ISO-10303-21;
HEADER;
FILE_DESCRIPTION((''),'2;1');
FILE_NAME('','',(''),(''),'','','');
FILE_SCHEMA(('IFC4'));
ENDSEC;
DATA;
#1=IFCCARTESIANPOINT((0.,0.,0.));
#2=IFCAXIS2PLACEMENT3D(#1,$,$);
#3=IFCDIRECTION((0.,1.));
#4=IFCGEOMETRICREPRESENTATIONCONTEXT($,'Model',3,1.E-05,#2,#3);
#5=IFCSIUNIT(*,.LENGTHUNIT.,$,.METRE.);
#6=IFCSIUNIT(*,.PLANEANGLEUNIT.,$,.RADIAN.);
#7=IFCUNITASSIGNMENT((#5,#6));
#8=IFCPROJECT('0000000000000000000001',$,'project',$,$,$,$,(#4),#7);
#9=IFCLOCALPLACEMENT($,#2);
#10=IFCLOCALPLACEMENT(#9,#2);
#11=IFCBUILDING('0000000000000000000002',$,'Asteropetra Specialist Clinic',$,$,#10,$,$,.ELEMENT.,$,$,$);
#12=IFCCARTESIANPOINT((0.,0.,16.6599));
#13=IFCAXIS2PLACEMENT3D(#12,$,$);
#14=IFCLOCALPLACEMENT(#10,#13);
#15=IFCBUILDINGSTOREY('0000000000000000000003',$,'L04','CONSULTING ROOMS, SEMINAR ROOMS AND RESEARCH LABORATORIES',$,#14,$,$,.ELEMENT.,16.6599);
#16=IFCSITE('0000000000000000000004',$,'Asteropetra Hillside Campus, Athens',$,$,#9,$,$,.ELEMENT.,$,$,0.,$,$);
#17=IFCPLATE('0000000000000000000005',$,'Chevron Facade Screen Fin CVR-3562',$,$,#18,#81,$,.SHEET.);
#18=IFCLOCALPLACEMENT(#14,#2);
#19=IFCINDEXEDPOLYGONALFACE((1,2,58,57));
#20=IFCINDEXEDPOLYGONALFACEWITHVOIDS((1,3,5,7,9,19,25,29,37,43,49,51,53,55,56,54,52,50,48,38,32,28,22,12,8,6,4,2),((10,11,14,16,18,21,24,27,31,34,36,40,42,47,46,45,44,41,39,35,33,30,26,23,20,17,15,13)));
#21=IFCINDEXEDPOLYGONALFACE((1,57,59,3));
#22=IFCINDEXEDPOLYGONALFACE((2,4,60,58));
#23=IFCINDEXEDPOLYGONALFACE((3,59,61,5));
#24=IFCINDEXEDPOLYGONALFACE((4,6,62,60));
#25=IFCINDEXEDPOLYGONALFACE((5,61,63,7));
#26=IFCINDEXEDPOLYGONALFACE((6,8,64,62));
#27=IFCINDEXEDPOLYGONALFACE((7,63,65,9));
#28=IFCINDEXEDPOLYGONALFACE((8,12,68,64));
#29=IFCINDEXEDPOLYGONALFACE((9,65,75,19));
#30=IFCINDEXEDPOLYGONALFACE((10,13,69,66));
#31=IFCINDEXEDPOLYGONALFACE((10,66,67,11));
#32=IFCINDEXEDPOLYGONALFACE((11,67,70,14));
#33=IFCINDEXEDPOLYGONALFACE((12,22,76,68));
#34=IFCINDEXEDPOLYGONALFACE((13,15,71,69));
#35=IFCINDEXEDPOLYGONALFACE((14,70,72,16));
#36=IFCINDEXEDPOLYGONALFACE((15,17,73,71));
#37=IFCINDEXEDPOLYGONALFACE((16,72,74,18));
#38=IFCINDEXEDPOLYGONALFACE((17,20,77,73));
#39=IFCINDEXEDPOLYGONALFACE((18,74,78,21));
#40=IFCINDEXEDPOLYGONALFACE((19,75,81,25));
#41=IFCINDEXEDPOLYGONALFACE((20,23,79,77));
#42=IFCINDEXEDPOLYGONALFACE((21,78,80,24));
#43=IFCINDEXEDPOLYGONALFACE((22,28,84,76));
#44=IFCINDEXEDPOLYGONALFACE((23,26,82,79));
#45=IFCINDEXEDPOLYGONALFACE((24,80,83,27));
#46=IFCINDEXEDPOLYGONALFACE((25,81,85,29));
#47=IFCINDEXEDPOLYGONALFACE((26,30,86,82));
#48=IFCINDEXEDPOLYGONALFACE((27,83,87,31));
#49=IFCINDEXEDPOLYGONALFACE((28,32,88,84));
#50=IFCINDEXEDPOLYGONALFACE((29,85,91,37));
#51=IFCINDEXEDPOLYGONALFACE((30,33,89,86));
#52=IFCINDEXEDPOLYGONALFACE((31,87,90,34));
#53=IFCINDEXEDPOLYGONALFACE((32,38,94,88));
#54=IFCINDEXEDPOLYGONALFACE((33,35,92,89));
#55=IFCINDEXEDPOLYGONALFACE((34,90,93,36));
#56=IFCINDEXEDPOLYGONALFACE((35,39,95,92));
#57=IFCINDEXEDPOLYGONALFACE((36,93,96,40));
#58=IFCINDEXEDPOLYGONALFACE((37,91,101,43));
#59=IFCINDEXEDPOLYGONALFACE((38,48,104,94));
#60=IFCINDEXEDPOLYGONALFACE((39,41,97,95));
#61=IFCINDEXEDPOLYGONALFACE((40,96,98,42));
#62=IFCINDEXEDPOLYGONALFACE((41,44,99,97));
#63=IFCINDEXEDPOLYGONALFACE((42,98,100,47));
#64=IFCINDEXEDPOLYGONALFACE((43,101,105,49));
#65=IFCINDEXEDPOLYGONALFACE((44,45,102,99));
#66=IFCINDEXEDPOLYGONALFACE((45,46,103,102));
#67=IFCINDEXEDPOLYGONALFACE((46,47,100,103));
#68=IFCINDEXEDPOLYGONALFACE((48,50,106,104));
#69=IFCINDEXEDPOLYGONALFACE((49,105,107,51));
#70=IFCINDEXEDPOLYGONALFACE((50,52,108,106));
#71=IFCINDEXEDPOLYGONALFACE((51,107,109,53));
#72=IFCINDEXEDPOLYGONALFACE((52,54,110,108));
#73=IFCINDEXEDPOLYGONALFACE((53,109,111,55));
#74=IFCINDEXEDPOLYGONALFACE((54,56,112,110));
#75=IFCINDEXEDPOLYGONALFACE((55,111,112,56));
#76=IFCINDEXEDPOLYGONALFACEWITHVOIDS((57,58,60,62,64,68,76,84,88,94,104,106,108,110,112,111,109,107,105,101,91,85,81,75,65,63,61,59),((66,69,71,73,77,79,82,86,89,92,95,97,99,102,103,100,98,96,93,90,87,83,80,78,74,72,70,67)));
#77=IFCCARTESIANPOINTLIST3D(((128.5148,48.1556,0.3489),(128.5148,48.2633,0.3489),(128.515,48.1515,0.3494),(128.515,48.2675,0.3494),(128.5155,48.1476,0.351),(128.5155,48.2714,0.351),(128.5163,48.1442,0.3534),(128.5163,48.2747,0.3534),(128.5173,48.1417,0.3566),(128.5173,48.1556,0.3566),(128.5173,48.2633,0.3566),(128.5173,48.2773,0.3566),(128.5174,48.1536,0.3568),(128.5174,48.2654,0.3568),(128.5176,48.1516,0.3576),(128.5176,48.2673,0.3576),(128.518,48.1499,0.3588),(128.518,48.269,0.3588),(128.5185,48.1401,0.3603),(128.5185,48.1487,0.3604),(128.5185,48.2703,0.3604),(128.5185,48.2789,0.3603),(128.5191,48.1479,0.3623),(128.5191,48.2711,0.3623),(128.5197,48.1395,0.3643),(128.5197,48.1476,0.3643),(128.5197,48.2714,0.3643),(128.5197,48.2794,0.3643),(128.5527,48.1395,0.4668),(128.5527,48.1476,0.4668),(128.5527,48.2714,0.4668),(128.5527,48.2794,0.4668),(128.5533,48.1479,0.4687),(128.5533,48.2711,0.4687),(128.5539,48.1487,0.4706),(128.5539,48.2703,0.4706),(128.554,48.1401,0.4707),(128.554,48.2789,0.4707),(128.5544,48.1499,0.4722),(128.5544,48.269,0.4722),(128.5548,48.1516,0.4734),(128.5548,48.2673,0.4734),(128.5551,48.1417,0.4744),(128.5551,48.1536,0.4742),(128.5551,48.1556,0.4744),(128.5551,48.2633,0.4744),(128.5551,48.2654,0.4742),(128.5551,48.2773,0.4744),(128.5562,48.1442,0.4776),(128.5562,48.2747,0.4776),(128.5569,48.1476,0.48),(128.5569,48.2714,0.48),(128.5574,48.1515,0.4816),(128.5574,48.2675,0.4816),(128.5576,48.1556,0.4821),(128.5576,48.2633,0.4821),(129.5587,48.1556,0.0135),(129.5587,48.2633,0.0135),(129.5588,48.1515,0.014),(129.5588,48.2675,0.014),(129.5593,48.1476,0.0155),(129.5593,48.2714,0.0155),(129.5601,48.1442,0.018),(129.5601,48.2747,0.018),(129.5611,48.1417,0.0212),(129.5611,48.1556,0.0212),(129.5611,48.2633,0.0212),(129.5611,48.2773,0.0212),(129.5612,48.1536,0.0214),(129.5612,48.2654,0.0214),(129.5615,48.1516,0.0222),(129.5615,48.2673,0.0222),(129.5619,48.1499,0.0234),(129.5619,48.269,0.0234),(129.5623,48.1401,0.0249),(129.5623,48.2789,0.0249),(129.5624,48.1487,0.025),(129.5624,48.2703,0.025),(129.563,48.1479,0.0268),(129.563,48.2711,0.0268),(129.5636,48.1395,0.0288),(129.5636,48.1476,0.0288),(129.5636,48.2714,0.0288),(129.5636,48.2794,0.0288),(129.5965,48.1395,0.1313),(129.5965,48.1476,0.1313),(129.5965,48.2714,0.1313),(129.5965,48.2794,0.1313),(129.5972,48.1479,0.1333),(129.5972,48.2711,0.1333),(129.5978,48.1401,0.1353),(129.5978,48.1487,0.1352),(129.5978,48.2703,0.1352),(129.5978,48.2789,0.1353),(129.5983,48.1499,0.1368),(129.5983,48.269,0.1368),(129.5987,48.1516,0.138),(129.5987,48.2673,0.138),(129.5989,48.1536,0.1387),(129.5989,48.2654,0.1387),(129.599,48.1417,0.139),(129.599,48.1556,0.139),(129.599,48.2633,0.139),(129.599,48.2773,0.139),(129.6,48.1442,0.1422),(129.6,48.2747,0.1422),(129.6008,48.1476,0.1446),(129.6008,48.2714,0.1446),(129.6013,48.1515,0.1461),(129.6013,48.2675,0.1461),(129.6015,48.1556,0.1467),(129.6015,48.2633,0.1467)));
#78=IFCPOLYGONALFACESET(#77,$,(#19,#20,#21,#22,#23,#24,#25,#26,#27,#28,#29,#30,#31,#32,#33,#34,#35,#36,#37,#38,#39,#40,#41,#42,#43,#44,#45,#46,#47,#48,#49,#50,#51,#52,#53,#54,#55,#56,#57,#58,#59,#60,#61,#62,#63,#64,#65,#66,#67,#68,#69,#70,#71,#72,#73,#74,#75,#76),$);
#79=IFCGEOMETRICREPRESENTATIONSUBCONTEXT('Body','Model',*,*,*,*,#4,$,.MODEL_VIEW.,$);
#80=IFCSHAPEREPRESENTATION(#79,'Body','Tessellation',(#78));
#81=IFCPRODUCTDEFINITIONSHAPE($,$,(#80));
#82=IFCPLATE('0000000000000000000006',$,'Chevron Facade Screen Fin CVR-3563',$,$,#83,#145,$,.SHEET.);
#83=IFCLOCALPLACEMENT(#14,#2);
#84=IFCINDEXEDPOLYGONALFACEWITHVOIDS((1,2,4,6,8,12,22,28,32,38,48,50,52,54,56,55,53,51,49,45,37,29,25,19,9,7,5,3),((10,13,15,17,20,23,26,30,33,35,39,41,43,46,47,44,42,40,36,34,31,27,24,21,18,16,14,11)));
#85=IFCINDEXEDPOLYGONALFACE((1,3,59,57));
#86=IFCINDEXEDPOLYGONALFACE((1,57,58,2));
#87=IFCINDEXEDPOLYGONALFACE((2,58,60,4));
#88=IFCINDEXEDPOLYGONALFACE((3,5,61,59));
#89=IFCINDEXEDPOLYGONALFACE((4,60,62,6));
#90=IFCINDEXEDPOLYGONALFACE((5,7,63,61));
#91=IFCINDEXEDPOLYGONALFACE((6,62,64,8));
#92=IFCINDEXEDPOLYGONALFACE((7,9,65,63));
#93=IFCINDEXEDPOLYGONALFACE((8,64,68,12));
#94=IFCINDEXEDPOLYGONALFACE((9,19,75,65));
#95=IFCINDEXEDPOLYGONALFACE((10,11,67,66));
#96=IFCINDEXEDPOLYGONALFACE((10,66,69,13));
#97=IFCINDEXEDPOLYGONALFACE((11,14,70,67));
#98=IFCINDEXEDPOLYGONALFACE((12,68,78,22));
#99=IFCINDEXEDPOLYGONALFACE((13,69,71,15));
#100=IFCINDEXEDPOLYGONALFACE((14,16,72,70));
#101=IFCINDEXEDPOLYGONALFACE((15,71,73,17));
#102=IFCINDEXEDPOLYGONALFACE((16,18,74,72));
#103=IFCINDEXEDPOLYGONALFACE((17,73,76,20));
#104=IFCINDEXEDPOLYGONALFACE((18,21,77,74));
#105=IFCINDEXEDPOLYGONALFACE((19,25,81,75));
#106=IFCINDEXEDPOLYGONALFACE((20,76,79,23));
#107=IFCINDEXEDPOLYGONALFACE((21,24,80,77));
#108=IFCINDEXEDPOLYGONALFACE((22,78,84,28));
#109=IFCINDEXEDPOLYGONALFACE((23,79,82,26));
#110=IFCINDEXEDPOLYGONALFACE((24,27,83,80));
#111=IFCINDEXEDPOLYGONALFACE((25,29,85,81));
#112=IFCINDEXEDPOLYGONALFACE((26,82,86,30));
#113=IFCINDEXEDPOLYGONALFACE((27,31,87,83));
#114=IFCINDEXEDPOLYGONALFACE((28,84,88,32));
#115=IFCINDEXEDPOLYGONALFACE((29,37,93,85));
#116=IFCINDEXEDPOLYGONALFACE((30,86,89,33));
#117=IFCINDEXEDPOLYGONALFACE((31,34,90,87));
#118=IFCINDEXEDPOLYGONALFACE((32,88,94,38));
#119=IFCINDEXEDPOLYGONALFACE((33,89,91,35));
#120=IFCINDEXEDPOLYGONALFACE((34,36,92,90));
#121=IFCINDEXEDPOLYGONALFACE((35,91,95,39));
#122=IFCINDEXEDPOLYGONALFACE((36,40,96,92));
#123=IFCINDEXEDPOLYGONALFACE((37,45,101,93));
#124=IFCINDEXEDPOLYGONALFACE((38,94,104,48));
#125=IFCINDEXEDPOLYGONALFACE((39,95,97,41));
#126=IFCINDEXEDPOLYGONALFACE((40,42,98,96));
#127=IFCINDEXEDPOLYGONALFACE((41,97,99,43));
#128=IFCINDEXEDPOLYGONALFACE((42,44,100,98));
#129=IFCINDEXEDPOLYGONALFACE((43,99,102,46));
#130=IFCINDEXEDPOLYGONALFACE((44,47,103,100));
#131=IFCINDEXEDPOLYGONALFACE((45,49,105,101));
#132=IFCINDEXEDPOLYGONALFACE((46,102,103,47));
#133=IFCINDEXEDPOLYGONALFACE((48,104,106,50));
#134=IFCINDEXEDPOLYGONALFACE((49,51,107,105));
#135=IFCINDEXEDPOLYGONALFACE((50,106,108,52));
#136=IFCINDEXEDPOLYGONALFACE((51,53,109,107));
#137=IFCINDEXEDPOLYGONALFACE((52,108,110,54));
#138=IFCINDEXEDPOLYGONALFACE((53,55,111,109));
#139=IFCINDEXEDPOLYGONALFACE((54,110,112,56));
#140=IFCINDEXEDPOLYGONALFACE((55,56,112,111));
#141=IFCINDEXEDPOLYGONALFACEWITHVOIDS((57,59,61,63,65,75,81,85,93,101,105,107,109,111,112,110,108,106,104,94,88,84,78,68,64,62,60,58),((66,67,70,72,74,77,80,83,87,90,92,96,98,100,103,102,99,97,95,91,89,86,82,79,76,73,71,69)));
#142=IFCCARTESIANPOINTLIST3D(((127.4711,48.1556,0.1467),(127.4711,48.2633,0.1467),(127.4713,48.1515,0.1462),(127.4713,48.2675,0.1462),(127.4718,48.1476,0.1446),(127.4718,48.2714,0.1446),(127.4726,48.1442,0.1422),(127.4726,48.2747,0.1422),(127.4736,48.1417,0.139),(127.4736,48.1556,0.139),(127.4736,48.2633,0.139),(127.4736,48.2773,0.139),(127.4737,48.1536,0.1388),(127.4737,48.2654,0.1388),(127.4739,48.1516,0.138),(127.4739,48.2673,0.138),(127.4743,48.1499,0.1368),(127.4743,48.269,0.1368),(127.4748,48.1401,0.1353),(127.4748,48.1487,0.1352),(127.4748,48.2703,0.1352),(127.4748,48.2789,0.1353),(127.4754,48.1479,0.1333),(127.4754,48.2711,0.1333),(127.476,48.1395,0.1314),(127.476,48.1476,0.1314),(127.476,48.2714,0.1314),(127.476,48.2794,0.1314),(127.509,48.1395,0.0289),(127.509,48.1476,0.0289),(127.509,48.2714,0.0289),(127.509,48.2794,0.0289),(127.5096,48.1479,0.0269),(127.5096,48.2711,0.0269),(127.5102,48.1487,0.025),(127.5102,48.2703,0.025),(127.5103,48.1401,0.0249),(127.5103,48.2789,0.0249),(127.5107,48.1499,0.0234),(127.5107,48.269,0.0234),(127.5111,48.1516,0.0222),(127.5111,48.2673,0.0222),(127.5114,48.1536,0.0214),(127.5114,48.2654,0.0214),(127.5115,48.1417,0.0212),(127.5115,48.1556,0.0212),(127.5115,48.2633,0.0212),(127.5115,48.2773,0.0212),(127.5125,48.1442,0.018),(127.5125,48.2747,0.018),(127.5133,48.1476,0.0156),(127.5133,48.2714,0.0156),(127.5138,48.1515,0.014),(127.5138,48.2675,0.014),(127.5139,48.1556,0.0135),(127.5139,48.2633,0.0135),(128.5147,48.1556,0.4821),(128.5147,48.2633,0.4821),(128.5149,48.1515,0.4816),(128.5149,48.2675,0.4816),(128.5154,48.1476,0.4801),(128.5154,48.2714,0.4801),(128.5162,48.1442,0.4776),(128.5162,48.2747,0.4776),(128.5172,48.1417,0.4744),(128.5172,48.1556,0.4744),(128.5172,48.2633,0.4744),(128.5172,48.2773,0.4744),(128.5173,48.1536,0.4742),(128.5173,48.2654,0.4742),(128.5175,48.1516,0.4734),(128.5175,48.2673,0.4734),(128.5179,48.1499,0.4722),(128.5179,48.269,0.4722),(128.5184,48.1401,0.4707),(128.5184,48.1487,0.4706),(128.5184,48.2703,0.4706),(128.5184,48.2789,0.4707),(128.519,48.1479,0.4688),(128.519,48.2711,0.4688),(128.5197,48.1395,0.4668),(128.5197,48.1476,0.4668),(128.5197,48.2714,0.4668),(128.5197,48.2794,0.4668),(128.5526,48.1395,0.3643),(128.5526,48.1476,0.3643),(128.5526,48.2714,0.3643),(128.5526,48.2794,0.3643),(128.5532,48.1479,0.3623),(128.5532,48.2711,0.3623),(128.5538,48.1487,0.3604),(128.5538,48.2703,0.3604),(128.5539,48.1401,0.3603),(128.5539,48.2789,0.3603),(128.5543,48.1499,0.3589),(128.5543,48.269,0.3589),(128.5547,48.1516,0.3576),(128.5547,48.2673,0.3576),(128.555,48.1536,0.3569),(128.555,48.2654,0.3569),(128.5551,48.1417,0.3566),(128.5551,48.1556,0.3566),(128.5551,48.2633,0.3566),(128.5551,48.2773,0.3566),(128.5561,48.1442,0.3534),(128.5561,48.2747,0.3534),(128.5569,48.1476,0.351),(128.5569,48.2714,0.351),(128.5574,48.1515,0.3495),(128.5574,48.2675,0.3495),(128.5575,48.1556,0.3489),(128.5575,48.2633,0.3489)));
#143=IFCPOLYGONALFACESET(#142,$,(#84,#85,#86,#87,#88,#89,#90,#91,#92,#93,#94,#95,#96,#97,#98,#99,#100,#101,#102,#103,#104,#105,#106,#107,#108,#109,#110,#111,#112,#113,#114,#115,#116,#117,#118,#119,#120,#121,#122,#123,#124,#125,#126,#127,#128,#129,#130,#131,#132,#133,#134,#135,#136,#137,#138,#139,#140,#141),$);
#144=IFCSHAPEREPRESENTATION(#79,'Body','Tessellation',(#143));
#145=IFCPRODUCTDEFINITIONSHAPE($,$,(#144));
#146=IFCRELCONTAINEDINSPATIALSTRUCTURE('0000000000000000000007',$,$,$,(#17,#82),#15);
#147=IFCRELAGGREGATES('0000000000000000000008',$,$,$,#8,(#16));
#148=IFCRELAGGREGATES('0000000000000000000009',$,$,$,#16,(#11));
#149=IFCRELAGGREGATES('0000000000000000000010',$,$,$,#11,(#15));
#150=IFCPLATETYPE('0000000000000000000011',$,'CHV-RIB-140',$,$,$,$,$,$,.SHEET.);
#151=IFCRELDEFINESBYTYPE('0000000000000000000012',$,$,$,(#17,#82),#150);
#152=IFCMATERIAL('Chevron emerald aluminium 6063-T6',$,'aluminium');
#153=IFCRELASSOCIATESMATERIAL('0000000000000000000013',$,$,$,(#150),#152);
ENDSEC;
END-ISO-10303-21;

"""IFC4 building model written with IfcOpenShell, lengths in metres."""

from ifc_helpers import new_model, si_unit, direction, frame, origin, origin_2d, place, context, subcontext, project, spatial, hollow_rectangle, extrude, material, material_profile, profile_set, type_object, element, save


model = new_model("IFC4")

# Units and contexts
model_context = context("Model", 3, precision=1e-05, world=origin(), true_north=direction((0.0, 1.0)))
body_context = subcontext(model_context, "Body", "Model", "MODEL_VIEW")
ifc_project = project(units=[si_unit("LENGTHUNIT", "METRE"), si_unit("PLANEANGLEUNIT", "RADIAN")], contexts=[model_context])

# Site, building, storey
site_placement = place(None, origin())
site = spatial("IfcSite", under=ifc_project, at=site_placement, Name="Asteropetra Hillside Campus, Athens", CompositionType="ELEMENT", RefElevation=0.0)
building_placement = place(site_placement, origin())
building = spatial("IfcBuilding", under=site, at=building_placement, Name="Asteropetra Specialist Clinic", CompositionType="ELEMENT")
storey_placement = place(building_placement, frame((0.0, 0.0, 16.6599)))
storey = spatial("IfcBuildingStorey", under=building, at=storey_placement, Name="L04", Description="CONSULTING ROOMS, SEMINAR ROOMS AND RESEARCH LABORATORIES", CompositionType="ELEMENT", Elevation=16.6599)

# Plates
ifc_material_1 = material(Name="Chevron emerald aluminium 6063-T6", Category="aluminium")
ifc_material_profile_1 = material_profile(ifc_material_1, hollow_rectangle(XDim=0.1399, YDim=0.1399, WallThickness=0.0081, InnerFilletRadius=0.0081, OuterFilletRadius=0.0161, at=origin_2d()), Name="SHS 140x140x8.0")
ifc_profile_set_1 = profile_set([ifc_material_profile_1], Name="Chevron emerald aluminium 6063-T6")
plate_type = type_object("IfcPlateType", Name="CHV-RIB-140", PredefinedType="SHEET", material=ifc_profile_set_1)
plate_1_placement = place(storey_placement, frame((129.5801, 48.2095, 0.0801), z_axis=(-0.952056, 0.0, 0.305923), x_axis=(0.0, -1.0, 0.0)))
element("IfcPlate", 1, at=plate_1_placement, inside=storey, type_object=plate_type, Name="Chevron Facade Screen Fin CVR-3562", PredefinedType="SHEET", context=body_context, shape_type="SweptSolid", body=[
    extrude(hollow_rectangle(XDim=0.1399, YDim=0.1399, WallThickness=0.0081, InnerFilletRadius=0.0081, OuterFilletRadius=0.0161, at=origin_2d()), origin(), (0.0, 0.0, 1.0), 1.0964),
])
plate_2_placement = place(storey_placement, frame((128.5361, 48.2095, 0.4155), z_axis=(-0.952036, 0.0, -0.305988), x_axis=(0.0, -1.0, 0.0)))
element("IfcPlate", 2, at=plate_2_placement, inside=storey, type_object=plate_type, Name="Chevron Facade Screen Fin CVR-3563", PredefinedType="SHEET", context=body_context, shape_type="SweptSolid", body=[
    extrude(hollow_rectangle(XDim=0.1399, YDim=0.1399, WallThickness=0.0081, InnerFilletRadius=0.0081, OuterFilletRadius=0.0161, at=origin_2d()), origin(), (0.0, 0.0, 1.0), 1.0962),
])

save(model, "model.ifc")
